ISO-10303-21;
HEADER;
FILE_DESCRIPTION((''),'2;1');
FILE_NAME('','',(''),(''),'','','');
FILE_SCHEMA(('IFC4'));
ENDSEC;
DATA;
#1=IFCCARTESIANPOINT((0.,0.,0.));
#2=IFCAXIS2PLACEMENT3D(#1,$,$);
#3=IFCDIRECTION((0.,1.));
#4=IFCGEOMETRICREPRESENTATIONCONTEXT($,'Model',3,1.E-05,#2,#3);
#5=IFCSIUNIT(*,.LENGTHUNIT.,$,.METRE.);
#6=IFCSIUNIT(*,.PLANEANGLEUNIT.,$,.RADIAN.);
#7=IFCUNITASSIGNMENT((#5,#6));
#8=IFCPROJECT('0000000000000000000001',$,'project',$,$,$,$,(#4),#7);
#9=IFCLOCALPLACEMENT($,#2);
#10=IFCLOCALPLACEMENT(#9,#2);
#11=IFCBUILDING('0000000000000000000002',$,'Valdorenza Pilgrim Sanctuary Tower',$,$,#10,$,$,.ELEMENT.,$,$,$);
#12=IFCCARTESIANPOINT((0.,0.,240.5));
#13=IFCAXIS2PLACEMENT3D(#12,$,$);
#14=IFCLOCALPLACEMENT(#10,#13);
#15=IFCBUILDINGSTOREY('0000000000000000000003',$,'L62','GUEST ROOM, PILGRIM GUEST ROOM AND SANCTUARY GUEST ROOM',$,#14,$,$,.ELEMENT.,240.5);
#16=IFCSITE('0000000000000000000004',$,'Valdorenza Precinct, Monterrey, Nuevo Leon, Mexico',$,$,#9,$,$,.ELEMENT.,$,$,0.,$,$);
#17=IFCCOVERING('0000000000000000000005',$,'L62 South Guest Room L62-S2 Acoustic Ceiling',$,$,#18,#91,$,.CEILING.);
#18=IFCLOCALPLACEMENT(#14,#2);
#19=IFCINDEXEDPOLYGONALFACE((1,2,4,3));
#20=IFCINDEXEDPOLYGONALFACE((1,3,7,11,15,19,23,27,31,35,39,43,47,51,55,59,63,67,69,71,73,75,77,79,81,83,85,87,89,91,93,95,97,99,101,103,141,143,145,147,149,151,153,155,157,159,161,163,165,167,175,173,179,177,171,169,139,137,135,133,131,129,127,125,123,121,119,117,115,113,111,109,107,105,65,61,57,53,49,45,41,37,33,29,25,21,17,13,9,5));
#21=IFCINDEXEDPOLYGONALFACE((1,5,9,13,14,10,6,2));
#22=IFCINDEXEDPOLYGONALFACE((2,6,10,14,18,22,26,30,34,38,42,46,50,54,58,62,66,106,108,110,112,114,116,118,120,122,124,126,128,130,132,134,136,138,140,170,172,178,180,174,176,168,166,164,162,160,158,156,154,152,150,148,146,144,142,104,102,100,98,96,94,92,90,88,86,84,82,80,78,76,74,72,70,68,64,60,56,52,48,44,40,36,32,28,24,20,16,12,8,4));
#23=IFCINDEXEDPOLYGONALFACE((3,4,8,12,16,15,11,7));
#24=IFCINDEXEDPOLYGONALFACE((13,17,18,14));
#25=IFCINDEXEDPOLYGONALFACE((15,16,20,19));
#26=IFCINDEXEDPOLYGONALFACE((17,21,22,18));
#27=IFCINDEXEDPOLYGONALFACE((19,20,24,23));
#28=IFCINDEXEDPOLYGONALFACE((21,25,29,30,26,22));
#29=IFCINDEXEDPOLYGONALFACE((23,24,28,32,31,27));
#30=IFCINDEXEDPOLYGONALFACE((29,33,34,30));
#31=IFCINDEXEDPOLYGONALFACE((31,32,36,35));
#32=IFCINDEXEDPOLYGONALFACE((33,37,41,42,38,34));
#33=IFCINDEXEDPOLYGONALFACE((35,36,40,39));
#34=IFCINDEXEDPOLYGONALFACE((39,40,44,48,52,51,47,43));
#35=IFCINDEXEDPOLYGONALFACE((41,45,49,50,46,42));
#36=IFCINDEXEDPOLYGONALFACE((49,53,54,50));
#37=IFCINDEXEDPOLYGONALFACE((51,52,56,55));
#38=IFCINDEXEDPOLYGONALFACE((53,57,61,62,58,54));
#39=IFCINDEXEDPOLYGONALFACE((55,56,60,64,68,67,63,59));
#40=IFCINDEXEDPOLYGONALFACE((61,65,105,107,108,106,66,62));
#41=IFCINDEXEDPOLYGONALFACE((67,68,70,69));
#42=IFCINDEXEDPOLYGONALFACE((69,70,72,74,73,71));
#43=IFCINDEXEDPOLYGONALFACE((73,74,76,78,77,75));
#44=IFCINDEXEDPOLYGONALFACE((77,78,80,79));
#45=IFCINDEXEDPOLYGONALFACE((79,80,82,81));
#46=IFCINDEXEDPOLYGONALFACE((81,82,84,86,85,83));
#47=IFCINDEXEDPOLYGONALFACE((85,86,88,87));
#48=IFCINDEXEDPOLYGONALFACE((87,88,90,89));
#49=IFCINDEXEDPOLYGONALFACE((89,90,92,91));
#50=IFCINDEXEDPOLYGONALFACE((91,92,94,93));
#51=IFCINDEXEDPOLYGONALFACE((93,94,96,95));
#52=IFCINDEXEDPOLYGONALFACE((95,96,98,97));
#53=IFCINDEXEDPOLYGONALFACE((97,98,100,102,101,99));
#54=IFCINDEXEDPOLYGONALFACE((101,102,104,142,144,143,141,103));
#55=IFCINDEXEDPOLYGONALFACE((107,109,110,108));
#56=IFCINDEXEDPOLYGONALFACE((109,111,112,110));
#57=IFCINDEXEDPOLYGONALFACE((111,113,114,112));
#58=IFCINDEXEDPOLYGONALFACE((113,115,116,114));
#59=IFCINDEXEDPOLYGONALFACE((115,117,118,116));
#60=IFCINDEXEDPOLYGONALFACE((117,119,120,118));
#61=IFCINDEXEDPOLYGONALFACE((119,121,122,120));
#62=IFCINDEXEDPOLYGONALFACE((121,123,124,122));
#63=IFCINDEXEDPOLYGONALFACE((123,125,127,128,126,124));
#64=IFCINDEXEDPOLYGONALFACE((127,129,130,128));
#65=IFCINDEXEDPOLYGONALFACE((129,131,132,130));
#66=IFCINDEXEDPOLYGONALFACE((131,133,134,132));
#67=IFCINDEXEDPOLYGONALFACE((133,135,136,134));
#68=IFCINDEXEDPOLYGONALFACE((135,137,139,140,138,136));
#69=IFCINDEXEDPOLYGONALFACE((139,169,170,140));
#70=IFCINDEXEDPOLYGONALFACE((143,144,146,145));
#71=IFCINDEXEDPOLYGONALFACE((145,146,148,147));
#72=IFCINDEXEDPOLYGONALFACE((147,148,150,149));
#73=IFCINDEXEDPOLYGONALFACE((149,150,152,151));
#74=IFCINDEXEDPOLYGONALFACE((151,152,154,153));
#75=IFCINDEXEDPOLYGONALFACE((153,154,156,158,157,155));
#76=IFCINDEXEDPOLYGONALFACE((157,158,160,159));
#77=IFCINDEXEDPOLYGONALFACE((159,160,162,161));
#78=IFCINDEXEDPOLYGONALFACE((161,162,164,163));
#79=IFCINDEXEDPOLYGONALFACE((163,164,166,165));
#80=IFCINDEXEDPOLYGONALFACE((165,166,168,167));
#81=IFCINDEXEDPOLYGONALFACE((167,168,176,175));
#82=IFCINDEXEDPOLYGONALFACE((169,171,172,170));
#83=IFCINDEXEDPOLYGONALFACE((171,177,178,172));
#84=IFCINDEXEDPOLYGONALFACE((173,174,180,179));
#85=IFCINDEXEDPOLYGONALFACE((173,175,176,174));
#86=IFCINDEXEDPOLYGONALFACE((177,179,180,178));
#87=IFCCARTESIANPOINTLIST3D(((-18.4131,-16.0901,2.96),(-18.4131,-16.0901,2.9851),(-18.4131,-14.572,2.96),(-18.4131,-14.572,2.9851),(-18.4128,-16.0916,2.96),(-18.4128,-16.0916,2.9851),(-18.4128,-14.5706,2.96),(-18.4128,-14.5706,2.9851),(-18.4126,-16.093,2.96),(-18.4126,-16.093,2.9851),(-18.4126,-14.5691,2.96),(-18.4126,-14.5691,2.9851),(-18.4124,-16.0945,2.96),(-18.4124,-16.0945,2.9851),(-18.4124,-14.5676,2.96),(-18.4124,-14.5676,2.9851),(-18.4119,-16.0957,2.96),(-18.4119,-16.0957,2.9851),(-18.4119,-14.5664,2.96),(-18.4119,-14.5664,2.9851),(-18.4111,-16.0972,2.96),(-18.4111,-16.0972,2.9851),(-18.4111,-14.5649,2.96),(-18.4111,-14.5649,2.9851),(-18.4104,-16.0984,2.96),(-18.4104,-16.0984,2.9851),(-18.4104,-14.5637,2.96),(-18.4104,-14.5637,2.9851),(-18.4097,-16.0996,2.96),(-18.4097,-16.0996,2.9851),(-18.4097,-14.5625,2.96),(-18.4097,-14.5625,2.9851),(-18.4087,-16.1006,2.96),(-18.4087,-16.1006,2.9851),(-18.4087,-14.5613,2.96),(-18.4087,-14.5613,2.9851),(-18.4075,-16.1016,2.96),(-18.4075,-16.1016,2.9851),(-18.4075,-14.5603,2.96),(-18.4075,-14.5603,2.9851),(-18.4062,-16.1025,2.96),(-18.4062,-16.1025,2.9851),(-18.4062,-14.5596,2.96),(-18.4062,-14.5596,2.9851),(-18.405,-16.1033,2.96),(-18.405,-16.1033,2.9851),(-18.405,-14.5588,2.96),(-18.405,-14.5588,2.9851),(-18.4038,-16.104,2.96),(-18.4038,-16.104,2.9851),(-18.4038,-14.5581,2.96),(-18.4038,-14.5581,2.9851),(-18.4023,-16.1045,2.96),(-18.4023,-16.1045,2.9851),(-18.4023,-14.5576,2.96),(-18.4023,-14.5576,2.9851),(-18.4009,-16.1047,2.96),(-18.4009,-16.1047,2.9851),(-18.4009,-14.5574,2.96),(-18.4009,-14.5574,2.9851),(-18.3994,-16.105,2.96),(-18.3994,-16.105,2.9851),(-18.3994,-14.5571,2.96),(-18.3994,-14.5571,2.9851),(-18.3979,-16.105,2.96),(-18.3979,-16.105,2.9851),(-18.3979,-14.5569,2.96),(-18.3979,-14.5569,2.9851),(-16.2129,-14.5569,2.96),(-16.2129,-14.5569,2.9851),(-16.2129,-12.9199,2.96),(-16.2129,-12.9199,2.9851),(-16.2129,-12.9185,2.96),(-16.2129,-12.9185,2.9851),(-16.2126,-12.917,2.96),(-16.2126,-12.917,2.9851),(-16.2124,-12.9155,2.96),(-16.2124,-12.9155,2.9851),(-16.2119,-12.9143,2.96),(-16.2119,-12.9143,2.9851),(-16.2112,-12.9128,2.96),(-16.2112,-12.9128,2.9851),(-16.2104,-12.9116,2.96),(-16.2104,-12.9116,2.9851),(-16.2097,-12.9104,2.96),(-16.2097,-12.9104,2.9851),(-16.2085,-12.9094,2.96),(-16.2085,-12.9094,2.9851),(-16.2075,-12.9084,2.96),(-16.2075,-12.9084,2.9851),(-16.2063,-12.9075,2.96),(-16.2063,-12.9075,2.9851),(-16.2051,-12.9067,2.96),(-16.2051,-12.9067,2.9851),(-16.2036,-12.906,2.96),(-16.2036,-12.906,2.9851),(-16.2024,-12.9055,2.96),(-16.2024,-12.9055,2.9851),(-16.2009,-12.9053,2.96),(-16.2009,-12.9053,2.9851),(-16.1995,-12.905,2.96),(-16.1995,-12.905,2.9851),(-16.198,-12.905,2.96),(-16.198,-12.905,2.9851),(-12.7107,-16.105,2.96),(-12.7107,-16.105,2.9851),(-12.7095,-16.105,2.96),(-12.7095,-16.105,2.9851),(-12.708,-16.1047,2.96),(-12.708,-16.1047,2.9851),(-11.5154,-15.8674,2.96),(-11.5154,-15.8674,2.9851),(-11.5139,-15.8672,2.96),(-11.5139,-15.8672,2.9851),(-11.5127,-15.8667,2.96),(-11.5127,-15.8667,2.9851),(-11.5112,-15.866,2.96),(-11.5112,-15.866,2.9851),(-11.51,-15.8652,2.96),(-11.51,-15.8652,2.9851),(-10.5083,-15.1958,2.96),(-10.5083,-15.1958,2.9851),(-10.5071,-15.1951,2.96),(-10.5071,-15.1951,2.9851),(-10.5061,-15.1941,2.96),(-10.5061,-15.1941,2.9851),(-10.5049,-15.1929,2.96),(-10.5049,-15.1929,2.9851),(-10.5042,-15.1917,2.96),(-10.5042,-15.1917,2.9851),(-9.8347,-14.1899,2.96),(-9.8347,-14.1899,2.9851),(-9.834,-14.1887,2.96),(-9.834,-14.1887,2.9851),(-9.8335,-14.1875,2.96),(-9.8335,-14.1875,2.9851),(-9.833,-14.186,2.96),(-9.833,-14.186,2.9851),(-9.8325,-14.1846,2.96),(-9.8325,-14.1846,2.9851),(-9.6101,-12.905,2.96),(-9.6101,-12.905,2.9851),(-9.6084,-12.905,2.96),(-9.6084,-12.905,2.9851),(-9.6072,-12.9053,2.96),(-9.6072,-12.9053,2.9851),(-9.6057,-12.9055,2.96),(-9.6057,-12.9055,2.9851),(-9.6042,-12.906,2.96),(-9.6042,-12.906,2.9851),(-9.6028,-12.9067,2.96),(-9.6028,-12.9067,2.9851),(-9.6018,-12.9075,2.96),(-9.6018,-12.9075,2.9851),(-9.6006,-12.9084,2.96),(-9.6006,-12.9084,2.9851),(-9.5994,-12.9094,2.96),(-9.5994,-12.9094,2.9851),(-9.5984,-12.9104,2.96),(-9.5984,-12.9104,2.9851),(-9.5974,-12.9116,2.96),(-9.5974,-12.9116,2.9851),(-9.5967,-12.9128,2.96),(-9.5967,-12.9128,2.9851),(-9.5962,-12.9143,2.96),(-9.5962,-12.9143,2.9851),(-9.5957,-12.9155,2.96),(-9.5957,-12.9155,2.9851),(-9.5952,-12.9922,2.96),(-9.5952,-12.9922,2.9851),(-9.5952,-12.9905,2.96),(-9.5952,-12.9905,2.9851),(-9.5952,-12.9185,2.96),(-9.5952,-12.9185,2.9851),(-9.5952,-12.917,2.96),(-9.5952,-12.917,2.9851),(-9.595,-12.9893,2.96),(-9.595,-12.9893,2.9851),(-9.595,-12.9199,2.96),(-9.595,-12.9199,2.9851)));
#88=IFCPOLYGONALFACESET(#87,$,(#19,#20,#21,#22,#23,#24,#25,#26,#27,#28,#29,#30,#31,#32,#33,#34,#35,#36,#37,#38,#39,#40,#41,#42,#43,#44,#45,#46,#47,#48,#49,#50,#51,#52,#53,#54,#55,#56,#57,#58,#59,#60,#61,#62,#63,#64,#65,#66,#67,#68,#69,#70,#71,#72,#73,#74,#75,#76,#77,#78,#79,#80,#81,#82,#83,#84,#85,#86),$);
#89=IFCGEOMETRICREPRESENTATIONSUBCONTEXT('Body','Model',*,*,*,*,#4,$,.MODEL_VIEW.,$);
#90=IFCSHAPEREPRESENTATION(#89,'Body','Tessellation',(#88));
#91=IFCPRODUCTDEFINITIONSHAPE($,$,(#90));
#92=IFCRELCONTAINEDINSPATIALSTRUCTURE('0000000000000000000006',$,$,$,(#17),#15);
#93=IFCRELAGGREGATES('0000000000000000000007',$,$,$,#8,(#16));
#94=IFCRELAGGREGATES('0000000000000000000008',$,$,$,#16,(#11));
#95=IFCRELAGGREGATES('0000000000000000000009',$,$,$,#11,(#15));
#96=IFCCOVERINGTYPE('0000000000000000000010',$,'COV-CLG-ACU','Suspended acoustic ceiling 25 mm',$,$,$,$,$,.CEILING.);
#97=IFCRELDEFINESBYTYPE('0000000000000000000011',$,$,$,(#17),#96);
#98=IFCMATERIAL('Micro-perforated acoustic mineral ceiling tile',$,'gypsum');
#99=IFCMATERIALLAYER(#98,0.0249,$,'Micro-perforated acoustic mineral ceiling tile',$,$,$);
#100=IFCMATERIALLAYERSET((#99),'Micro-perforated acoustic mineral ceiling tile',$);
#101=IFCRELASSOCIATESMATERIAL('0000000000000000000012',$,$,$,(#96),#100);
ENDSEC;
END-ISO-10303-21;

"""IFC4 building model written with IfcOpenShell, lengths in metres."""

from ifc_helpers import new_model, si_unit, direction, frame, origin, place, context, subcontext, project, spatial, polyline, outline, extrude, material, layer, layer_set, type_object, element, save


model = new_model("IFC4")

# Units and contexts
model_context = context("Model", 3, precision=1e-05, world=origin(), true_north=direction((0.0, 1.0)))
body_context = subcontext(model_context, "Body", "Model", "MODEL_VIEW")
ifc_project = project(units=[si_unit("LENGTHUNIT", "METRE"), si_unit("PLANEANGLEUNIT", "RADIAN")], contexts=[model_context])

# Site, building, storey
site_placement = place(None, origin())
site = spatial("IfcSite", under=ifc_project, at=site_placement, Name="Valdorenza Precinct, Monterrey, Nuevo Leon, Mexico", CompositionType="ELEMENT", RefElevation=0.0)
building_placement = place(site_placement, origin())
building = spatial("IfcBuilding", under=site, at=building_placement, Name="Valdorenza Pilgrim Sanctuary Tower", CompositionType="ELEMENT")
storey_placement = place(building_placement, frame((0.0, 0.0, 240.5)))
storey = spatial("IfcBuildingStorey", under=building, at=storey_placement, Name="L62", Description="GUEST ROOM, PILGRIM GUEST ROOM AND SANCTUARY GUEST ROOM", CompositionType="ELEMENT", Elevation=240.5)

# Covering
ifc_material_1 = material(Name="Micro-perforated acoustic mineral ceiling tile", Category="gypsum")
ifc_layer_1 = layer(ifc_material_1, 0.0249, Name="Micro-perforated acoustic mineral ceiling tile")
ifc_layer_set_1 = layer_set([ifc_layer_1], Name="Micro-perforated acoustic mineral ceiling tile")
covering_type_1 = type_object("IfcCoveringType", Name="COV-CLG-ACU", Description="Suspended acoustic ceiling 25 mm", PredefinedType="CEILING", material=ifc_layer_set_1)
covering_1_placement = place(storey_placement, frame((0.0, 0.0, 2.96)))
element("IfcCovering", 1, at=covering_1_placement, inside=storey, type_object=covering_type_1, Name="L62 South Guest Room L62-S2 Acoustic Ceiling", PredefinedType="CEILING", context=body_context, shape_type="SweptSolid", body=[
    extrude(outline(polyline([(-16.2129, -14.5569), (-16.2129, -12.9199), (-16.2129, -12.9185), (-16.2126, -12.917), (-16.2124, -12.9155), (-16.2119, -12.9143), (-16.2112, -12.9128), (-16.2104, -12.9116), (-16.2097, -12.9104), (-16.2085, -12.9094), (-16.2075, -12.9084), (-16.2063, -12.9075), (-16.2051, -12.9067), (-16.2036, -12.906), (-16.2024, -12.9055), (-16.2009, -12.9053), (-16.1995, -12.905), (-16.198, -12.905), (-9.6101, -12.905), (-9.6084, -12.905), (-9.6072, -12.9053), (-9.6057, -12.9055), (-9.6042, -12.906), (-9.6028, -12.9067), (-9.6018, -12.9075), (-9.6006, -12.9084), (-9.5994, -12.9094), (-9.5984, -12.9104), (-9.5974, -12.9116), (-9.5967, -12.9128), (-9.5962, -12.9143), (-9.5957, -12.9155), (-9.5952, -12.917), (-9.5952, -12.9185), (-9.595, -12.9199), (-9.595, -12.9893), (-9.5952, -12.9905), (-9.5952, -12.9922), (-9.8325, -14.1846), (-9.833, -14.186), (-9.8335, -14.1875), (-9.834, -14.1887), (-9.8347, -14.1899), (-10.5042, -15.1917), (-10.5049, -15.1929), (-10.5061, -15.1941), (-10.5071, -15.1951), (-10.5083, -15.1958), (-11.51, -15.8652), (-11.5112, -15.866), (-11.5127, -15.8667), (-11.5139, -15.8672), (-11.5154, -15.8674), (-12.708, -16.1047), (-12.7095, -16.105), (-12.7107, -16.105), (-18.3979, -16.105), (-18.3994, -16.105), (-18.4009, -16.1047), (-18.4023, -16.1045), (-18.4038, -16.104), (-18.405, -16.1033), (-18.4062, -16.1025), (-18.4075, -16.1016), (-18.4087, -16.1006), (-18.4097, -16.0996), (-18.4104, -16.0984), (-18.4111, -16.0972), (-18.4119, -16.0957), (-18.4124, -16.0945), (-18.4126, -16.093), (-18.4128, -16.0916), (-18.4131, -16.0901), (-18.4131, -14.572), (-18.4128, -14.5706), (-18.4126, -14.5691), (-18.4124, -14.5676), (-18.4119, -14.5664), (-18.4111, -14.5649), (-18.4104, -14.5637), (-18.4097, -14.5625), (-18.4087, -14.5613), (-18.4075, -14.5603), (-18.4062, -14.5596), (-18.405, -14.5588), (-18.4038, -14.5581), (-18.4023, -14.5576), (-18.4009, -14.5574), (-18.3994, -14.5571), (-18.3979, -14.5569), (-16.2129, -14.5569)])), origin(), (0.0, 0.0, 1.0), 0.0251),
])

save(model, "model.ifc")
